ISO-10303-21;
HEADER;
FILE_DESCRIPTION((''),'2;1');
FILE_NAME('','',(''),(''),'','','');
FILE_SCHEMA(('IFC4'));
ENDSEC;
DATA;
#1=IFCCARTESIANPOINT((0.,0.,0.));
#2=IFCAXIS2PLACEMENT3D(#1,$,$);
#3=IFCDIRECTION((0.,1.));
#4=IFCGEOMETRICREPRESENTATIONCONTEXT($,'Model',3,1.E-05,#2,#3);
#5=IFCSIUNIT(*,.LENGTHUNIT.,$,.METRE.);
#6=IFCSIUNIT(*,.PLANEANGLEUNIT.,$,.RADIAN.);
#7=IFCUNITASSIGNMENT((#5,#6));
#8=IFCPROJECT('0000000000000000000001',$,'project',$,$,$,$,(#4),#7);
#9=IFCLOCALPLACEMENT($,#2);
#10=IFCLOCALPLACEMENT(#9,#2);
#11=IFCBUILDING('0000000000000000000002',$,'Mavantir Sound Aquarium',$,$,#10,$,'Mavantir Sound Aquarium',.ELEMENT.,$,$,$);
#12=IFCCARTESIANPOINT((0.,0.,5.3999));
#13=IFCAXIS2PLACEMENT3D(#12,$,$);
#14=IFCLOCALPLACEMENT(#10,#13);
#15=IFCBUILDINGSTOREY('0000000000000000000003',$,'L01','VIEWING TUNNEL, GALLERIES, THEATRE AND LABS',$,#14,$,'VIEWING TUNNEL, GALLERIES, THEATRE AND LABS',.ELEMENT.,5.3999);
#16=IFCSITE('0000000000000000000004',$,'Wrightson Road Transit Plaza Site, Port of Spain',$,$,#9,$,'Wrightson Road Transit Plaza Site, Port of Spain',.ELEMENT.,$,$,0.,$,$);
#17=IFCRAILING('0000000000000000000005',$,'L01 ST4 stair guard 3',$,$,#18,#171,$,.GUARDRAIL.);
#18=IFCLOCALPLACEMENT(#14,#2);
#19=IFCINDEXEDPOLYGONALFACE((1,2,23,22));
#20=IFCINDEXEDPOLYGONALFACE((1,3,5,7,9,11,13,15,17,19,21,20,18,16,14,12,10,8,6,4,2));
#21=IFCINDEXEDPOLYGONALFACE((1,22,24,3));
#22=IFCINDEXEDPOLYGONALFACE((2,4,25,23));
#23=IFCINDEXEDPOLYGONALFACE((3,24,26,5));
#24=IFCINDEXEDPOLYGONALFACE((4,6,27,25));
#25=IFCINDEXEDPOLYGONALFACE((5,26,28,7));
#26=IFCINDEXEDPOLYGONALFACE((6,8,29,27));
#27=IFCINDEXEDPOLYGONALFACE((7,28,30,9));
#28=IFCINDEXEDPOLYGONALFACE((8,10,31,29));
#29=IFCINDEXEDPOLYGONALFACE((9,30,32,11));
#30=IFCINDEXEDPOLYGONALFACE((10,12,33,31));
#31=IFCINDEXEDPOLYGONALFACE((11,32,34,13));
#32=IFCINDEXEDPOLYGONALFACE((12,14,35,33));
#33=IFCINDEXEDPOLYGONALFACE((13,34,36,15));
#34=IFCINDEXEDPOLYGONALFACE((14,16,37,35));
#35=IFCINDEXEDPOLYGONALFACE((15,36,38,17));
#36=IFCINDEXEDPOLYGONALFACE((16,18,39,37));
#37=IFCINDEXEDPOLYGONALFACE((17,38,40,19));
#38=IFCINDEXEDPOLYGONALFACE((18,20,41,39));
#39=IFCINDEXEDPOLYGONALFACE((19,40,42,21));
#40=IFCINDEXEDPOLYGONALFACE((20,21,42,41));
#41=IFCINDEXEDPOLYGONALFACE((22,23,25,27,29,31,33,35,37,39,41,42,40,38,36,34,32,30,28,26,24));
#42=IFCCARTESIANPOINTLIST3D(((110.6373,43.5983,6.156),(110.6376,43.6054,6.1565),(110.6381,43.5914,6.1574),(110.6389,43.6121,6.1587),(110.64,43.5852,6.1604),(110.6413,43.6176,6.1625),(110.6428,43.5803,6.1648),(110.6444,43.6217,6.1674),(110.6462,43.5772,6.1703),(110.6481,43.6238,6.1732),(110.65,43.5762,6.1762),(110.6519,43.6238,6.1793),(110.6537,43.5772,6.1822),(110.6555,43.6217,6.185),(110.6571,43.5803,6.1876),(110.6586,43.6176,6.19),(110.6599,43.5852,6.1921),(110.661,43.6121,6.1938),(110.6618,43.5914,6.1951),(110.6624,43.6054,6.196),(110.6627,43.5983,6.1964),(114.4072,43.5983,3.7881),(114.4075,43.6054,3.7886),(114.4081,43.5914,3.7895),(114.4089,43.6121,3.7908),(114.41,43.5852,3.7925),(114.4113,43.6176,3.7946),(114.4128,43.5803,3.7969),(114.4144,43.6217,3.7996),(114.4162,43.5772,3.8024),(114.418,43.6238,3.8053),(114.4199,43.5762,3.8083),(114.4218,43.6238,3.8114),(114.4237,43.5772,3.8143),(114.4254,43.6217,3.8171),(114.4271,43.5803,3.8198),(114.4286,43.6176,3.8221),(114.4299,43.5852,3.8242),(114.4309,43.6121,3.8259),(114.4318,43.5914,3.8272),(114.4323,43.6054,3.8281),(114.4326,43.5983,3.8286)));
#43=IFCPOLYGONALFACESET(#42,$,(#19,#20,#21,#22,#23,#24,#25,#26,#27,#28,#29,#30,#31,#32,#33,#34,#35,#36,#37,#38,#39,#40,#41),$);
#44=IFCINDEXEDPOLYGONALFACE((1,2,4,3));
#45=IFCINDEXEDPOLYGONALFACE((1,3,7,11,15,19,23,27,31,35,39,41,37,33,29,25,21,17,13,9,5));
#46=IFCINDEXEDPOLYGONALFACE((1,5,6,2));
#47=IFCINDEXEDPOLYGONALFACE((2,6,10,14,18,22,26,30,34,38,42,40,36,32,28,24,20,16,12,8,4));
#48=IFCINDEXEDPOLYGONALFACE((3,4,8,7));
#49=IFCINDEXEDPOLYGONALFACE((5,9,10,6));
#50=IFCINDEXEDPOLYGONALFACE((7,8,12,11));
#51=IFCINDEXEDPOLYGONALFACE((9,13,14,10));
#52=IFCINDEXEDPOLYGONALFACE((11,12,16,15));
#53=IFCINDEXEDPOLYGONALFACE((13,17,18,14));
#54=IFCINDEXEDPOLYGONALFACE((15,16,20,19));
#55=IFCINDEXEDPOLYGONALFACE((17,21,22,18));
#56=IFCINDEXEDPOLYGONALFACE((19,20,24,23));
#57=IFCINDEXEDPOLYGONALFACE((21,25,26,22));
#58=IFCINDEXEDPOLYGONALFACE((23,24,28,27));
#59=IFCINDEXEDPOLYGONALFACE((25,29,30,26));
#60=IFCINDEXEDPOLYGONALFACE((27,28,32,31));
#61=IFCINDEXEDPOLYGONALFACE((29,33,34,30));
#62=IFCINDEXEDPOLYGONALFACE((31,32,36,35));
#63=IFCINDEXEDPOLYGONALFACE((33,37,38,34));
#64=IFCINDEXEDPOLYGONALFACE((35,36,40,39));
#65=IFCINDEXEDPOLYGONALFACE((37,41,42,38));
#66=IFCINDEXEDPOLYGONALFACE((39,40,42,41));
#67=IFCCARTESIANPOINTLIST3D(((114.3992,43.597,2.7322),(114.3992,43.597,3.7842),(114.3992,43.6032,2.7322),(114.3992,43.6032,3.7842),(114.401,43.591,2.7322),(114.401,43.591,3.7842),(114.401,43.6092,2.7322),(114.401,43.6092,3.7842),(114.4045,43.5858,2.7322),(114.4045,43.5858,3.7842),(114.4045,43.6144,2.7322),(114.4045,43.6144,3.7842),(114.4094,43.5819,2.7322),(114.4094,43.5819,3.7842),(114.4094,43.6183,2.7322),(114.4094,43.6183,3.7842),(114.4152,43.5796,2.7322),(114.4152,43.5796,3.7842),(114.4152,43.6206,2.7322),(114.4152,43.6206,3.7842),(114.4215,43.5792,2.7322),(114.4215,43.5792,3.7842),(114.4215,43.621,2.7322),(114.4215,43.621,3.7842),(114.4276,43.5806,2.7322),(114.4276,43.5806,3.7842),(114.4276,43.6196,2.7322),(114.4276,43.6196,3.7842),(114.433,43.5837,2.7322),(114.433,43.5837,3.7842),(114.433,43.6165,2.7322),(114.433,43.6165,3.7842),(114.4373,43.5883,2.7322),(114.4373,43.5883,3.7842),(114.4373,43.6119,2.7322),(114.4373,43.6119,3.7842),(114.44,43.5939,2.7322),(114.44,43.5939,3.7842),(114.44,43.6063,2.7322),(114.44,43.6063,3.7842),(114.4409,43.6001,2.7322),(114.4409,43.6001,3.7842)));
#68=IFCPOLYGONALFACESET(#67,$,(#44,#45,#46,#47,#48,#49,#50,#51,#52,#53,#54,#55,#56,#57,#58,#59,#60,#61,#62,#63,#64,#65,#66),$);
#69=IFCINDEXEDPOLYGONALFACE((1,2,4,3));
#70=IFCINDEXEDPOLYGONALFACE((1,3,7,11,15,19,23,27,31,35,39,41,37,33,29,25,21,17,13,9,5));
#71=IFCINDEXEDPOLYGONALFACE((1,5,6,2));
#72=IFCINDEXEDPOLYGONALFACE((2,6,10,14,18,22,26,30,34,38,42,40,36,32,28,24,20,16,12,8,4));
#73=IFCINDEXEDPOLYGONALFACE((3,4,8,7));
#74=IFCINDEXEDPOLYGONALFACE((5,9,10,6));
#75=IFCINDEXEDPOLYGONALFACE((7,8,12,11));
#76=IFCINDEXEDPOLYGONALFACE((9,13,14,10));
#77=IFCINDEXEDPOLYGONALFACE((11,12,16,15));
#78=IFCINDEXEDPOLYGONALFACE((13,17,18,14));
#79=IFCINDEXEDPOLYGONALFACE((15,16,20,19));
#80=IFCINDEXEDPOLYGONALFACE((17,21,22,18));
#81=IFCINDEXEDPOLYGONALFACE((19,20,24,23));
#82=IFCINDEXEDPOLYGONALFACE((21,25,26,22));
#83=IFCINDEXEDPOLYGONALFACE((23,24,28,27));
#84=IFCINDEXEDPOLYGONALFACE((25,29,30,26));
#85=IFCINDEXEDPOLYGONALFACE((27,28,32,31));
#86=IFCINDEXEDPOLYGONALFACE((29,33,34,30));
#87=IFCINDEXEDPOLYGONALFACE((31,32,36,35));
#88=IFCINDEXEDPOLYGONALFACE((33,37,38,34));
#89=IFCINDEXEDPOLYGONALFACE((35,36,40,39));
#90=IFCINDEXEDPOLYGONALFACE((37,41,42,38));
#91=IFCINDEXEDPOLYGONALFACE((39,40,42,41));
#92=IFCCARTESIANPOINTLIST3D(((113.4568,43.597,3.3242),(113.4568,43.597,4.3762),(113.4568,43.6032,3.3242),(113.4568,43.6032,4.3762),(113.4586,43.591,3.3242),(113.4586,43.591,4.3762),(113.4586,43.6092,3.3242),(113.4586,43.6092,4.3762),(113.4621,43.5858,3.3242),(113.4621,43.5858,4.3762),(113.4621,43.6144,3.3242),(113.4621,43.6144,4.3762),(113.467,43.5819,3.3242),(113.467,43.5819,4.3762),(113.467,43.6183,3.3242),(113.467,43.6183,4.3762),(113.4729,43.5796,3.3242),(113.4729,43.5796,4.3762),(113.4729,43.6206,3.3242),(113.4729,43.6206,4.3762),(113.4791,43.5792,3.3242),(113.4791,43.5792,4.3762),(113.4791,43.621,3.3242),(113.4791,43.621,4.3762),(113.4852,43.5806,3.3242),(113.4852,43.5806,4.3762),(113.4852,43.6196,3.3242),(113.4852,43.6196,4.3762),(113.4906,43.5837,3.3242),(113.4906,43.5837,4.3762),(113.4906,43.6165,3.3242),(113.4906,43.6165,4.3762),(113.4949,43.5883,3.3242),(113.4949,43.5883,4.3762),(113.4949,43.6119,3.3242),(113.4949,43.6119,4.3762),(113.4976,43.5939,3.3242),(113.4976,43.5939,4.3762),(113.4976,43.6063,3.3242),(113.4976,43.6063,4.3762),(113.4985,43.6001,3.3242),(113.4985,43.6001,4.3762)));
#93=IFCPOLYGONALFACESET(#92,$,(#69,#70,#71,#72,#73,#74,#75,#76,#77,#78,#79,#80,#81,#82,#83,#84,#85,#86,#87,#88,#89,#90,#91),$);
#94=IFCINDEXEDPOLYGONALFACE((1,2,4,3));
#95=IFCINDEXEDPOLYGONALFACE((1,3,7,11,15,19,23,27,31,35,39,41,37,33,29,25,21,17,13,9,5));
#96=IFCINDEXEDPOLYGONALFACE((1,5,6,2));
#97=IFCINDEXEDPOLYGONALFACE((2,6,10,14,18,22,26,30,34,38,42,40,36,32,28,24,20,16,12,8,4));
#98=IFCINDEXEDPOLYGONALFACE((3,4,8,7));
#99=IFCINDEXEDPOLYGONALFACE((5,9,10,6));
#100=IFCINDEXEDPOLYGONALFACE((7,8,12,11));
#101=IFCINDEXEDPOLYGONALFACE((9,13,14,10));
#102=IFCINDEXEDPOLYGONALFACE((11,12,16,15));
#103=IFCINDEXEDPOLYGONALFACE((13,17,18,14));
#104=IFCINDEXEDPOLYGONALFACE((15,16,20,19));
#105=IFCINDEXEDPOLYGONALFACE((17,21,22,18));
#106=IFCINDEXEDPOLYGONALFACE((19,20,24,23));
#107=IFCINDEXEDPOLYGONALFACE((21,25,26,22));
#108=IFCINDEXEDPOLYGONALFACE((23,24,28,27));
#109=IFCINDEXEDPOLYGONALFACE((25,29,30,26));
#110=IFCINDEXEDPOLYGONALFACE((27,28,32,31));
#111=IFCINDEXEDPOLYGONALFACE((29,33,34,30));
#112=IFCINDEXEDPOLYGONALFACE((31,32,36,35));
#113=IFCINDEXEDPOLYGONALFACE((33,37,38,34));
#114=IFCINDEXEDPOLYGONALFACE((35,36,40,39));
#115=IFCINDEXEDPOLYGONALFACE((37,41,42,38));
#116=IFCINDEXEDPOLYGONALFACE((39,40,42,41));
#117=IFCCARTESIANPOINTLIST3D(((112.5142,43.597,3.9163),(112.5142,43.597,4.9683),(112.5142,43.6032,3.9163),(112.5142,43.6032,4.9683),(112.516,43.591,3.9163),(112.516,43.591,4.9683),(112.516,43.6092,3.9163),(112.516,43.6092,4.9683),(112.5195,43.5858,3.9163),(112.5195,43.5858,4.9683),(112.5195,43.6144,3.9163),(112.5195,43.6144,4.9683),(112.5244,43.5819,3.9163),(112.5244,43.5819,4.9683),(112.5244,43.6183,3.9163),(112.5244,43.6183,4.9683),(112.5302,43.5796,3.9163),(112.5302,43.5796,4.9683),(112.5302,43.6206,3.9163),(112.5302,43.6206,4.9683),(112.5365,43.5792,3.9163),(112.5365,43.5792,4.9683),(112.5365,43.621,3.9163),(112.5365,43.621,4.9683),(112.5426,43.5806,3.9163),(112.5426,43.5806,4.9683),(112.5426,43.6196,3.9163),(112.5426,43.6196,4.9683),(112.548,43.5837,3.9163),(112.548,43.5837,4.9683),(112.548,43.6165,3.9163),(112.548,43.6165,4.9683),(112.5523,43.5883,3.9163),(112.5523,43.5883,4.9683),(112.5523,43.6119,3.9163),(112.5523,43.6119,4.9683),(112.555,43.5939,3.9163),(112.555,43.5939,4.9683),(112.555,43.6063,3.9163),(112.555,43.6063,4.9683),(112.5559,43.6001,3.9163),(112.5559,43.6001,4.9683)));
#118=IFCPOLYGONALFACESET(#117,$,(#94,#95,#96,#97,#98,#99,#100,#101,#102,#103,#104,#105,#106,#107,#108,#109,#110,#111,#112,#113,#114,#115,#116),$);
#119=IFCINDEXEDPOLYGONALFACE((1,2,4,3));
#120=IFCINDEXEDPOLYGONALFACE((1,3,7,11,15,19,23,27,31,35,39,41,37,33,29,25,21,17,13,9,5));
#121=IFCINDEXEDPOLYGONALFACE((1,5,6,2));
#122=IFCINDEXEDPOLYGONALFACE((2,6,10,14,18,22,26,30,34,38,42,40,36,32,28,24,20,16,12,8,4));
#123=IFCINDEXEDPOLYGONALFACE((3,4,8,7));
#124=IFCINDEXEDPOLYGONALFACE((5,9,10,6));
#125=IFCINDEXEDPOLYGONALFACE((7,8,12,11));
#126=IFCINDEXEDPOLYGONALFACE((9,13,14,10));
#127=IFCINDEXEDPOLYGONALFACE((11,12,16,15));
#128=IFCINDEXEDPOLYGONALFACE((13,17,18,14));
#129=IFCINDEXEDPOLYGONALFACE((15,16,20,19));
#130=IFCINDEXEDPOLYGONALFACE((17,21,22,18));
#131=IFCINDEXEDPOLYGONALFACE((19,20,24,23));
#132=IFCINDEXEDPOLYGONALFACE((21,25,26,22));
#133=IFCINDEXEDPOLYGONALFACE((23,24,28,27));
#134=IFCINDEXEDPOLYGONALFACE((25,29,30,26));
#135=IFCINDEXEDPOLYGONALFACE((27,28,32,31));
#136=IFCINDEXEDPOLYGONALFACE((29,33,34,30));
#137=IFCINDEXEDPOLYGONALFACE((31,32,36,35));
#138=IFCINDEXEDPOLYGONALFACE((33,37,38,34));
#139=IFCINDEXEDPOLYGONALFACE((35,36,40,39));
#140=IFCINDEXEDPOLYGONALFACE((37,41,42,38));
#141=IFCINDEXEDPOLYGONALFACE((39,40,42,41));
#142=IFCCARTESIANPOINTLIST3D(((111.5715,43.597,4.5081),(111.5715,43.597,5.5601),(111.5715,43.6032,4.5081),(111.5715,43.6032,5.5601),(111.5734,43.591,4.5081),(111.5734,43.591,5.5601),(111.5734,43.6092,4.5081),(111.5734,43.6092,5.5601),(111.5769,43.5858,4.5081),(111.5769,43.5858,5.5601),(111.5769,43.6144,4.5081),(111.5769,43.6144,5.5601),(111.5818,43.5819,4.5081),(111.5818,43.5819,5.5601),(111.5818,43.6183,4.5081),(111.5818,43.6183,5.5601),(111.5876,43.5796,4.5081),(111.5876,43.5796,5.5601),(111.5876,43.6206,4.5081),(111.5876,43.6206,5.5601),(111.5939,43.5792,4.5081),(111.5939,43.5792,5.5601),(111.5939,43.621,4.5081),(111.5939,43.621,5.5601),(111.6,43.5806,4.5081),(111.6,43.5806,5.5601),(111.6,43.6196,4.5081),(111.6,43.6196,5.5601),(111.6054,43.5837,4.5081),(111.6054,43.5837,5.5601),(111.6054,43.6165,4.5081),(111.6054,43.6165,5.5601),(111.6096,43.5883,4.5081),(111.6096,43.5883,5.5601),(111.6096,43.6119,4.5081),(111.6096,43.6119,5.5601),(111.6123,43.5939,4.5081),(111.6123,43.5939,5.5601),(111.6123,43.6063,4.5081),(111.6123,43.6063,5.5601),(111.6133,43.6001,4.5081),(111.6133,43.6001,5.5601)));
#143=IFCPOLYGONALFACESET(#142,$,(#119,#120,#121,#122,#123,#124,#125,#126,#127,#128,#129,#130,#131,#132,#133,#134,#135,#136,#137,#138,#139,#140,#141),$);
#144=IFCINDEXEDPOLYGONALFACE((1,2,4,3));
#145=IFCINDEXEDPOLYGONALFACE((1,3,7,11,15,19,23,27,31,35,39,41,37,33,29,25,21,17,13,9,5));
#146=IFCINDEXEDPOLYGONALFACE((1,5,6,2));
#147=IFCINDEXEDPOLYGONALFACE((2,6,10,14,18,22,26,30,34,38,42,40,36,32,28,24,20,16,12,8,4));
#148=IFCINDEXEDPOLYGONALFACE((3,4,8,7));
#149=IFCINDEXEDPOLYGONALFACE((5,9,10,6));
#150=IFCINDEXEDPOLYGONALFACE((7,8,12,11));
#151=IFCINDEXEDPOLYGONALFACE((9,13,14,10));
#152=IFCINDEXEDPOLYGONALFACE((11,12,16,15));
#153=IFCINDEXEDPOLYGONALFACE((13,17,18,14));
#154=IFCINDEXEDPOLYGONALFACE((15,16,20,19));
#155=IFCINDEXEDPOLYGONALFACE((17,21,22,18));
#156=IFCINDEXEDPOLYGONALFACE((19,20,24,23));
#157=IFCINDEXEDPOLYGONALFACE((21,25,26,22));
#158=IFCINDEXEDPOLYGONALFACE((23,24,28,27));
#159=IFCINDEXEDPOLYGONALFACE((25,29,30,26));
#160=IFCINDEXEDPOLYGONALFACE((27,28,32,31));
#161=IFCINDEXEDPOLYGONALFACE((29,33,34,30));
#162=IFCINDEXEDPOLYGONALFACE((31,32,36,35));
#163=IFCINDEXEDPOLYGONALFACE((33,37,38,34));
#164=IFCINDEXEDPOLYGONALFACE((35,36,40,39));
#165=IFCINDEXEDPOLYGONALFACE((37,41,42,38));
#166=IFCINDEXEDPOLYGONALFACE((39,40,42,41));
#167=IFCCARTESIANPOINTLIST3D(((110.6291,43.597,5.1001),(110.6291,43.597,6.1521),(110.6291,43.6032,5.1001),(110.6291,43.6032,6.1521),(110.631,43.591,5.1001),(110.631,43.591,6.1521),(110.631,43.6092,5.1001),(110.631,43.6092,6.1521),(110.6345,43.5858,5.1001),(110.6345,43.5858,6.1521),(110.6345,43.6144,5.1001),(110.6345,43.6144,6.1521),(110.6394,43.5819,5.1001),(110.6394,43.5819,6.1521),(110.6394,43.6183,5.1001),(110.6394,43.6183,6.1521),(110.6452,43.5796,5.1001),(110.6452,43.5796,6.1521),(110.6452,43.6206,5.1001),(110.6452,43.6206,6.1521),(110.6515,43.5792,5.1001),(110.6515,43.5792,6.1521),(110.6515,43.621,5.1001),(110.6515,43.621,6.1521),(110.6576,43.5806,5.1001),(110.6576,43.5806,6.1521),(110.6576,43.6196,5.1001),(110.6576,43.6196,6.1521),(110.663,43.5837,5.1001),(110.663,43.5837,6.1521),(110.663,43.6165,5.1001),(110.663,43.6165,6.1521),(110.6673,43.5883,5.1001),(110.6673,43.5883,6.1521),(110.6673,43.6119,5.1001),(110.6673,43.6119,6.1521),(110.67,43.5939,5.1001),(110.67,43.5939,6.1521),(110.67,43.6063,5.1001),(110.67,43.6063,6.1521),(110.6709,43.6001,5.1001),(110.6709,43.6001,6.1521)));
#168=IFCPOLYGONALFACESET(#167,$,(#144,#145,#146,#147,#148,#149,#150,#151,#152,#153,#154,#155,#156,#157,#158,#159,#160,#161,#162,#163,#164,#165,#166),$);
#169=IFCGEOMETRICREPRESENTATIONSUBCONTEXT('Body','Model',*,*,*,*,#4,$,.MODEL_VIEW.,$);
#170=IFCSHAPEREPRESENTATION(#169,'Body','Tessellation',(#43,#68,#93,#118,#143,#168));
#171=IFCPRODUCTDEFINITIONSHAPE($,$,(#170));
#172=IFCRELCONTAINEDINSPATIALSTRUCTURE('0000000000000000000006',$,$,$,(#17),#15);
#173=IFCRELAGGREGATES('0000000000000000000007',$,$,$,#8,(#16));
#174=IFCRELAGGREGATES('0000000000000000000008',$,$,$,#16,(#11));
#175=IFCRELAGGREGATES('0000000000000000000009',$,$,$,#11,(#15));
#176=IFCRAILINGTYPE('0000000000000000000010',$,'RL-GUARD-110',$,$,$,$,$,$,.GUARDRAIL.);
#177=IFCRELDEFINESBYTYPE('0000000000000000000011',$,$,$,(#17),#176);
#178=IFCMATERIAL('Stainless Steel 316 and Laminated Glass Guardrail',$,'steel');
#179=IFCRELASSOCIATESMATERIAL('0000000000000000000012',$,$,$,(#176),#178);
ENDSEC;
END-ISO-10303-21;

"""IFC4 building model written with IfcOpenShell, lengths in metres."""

from ifc_helpers import new_model, si_unit, direction, frame, origin, origin_2d, place, context, subcontext, project, spatial, circle, extrude, material, type_object, element, save


model = new_model("IFC4")

# Units and contexts
model_context = context("Model", 3, precision=1e-05, world=origin(), true_north=direction((0.0, 1.0)))
body_context = subcontext(model_context, "Body", "Model", "MODEL_VIEW")
ifc_project = project(units=[si_unit("LENGTHUNIT", "METRE"), si_unit("PLANEANGLEUNIT", "RADIAN")], contexts=[model_context])

# Site, building, storey
site_placement = place(None, origin())
site = spatial("IfcSite", under=ifc_project, at=site_placement, Name="Wrightson Road Transit Plaza Site, Port of Spain", LongName="Wrightson Road Transit Plaza Site, Port of Spain", CompositionType="ELEMENT", RefElevation=0.0)
building_placement = place(site_placement, origin())
building = spatial("IfcBuilding", under=site, at=building_placement, Name="Mavantir Sound Aquarium", LongName="Mavantir Sound Aquarium", CompositionType="ELEMENT")
storey_placement = place(building_placement, frame((0.0, 0.0, 5.3999)))
storey = spatial("IfcBuildingStorey", under=building, at=storey_placement, Name="L01", Description="VIEWING TUNNEL, GALLERIES, THEATRE AND LABS", LongName="VIEWING TUNNEL, GALLERIES, THEATRE AND LABS", CompositionType="ELEMENT", Elevation=5.3999)

# Railing
ifc_material_1 = material(Name="Stainless Steel 316 and Laminated Glass Guardrail", Category="steel")
railing_type_1 = type_object("IfcRailingType", Name="RL-GUARD-110", PredefinedType="GUARDRAIL", material=ifc_material_1)
railing_1_placement = place(storey_placement, frame((114.4199, 43.6001, 2.7322)))
element("IfcRailing", 1, at=railing_1_placement, inside=storey, type_object=railing_type_1, Name="L01 ST4 stair guard 3", PredefinedType="GUARDRAIL", context=body_context, shape_type="SweptSolid", body=[
    extrude(circle(Radius=0.0239, at=origin_2d()), frame((0.0, 0.0, 1.0762), z_axis=(-0.846819, 0.0, 0.531881), x_axis=(0.0, -1.0, 0.0)), (0.0, 0.0, 1.0), 4.4519),
    extrude(circle(Radius=0.021, at=origin_2d()), origin(), (0.0, 0.0, 1.0), 1.052),
    extrude(circle(Radius=0.021, at=origin_2d()), frame((-0.9424, 0.0, 0.592)), (0.0, 0.0, 1.0), 1.052),
    extrude(circle(Radius=0.021, at=origin_2d()), frame((-1.885, 0.0, 1.1841)), (0.0, 0.0, 1.0), 1.052),
    extrude(circle(Radius=0.021, at=origin_2d()), frame((-2.8276, 0.0, 1.7759)), (0.0, 0.0, 1.0), 1.052),
    extrude(circle(Radius=0.021, at=origin_2d()), frame((-3.77, 0.0, 2.3679)), (0.0, 0.0, 1.0), 1.052),
])

save(model, "model.ifc")
